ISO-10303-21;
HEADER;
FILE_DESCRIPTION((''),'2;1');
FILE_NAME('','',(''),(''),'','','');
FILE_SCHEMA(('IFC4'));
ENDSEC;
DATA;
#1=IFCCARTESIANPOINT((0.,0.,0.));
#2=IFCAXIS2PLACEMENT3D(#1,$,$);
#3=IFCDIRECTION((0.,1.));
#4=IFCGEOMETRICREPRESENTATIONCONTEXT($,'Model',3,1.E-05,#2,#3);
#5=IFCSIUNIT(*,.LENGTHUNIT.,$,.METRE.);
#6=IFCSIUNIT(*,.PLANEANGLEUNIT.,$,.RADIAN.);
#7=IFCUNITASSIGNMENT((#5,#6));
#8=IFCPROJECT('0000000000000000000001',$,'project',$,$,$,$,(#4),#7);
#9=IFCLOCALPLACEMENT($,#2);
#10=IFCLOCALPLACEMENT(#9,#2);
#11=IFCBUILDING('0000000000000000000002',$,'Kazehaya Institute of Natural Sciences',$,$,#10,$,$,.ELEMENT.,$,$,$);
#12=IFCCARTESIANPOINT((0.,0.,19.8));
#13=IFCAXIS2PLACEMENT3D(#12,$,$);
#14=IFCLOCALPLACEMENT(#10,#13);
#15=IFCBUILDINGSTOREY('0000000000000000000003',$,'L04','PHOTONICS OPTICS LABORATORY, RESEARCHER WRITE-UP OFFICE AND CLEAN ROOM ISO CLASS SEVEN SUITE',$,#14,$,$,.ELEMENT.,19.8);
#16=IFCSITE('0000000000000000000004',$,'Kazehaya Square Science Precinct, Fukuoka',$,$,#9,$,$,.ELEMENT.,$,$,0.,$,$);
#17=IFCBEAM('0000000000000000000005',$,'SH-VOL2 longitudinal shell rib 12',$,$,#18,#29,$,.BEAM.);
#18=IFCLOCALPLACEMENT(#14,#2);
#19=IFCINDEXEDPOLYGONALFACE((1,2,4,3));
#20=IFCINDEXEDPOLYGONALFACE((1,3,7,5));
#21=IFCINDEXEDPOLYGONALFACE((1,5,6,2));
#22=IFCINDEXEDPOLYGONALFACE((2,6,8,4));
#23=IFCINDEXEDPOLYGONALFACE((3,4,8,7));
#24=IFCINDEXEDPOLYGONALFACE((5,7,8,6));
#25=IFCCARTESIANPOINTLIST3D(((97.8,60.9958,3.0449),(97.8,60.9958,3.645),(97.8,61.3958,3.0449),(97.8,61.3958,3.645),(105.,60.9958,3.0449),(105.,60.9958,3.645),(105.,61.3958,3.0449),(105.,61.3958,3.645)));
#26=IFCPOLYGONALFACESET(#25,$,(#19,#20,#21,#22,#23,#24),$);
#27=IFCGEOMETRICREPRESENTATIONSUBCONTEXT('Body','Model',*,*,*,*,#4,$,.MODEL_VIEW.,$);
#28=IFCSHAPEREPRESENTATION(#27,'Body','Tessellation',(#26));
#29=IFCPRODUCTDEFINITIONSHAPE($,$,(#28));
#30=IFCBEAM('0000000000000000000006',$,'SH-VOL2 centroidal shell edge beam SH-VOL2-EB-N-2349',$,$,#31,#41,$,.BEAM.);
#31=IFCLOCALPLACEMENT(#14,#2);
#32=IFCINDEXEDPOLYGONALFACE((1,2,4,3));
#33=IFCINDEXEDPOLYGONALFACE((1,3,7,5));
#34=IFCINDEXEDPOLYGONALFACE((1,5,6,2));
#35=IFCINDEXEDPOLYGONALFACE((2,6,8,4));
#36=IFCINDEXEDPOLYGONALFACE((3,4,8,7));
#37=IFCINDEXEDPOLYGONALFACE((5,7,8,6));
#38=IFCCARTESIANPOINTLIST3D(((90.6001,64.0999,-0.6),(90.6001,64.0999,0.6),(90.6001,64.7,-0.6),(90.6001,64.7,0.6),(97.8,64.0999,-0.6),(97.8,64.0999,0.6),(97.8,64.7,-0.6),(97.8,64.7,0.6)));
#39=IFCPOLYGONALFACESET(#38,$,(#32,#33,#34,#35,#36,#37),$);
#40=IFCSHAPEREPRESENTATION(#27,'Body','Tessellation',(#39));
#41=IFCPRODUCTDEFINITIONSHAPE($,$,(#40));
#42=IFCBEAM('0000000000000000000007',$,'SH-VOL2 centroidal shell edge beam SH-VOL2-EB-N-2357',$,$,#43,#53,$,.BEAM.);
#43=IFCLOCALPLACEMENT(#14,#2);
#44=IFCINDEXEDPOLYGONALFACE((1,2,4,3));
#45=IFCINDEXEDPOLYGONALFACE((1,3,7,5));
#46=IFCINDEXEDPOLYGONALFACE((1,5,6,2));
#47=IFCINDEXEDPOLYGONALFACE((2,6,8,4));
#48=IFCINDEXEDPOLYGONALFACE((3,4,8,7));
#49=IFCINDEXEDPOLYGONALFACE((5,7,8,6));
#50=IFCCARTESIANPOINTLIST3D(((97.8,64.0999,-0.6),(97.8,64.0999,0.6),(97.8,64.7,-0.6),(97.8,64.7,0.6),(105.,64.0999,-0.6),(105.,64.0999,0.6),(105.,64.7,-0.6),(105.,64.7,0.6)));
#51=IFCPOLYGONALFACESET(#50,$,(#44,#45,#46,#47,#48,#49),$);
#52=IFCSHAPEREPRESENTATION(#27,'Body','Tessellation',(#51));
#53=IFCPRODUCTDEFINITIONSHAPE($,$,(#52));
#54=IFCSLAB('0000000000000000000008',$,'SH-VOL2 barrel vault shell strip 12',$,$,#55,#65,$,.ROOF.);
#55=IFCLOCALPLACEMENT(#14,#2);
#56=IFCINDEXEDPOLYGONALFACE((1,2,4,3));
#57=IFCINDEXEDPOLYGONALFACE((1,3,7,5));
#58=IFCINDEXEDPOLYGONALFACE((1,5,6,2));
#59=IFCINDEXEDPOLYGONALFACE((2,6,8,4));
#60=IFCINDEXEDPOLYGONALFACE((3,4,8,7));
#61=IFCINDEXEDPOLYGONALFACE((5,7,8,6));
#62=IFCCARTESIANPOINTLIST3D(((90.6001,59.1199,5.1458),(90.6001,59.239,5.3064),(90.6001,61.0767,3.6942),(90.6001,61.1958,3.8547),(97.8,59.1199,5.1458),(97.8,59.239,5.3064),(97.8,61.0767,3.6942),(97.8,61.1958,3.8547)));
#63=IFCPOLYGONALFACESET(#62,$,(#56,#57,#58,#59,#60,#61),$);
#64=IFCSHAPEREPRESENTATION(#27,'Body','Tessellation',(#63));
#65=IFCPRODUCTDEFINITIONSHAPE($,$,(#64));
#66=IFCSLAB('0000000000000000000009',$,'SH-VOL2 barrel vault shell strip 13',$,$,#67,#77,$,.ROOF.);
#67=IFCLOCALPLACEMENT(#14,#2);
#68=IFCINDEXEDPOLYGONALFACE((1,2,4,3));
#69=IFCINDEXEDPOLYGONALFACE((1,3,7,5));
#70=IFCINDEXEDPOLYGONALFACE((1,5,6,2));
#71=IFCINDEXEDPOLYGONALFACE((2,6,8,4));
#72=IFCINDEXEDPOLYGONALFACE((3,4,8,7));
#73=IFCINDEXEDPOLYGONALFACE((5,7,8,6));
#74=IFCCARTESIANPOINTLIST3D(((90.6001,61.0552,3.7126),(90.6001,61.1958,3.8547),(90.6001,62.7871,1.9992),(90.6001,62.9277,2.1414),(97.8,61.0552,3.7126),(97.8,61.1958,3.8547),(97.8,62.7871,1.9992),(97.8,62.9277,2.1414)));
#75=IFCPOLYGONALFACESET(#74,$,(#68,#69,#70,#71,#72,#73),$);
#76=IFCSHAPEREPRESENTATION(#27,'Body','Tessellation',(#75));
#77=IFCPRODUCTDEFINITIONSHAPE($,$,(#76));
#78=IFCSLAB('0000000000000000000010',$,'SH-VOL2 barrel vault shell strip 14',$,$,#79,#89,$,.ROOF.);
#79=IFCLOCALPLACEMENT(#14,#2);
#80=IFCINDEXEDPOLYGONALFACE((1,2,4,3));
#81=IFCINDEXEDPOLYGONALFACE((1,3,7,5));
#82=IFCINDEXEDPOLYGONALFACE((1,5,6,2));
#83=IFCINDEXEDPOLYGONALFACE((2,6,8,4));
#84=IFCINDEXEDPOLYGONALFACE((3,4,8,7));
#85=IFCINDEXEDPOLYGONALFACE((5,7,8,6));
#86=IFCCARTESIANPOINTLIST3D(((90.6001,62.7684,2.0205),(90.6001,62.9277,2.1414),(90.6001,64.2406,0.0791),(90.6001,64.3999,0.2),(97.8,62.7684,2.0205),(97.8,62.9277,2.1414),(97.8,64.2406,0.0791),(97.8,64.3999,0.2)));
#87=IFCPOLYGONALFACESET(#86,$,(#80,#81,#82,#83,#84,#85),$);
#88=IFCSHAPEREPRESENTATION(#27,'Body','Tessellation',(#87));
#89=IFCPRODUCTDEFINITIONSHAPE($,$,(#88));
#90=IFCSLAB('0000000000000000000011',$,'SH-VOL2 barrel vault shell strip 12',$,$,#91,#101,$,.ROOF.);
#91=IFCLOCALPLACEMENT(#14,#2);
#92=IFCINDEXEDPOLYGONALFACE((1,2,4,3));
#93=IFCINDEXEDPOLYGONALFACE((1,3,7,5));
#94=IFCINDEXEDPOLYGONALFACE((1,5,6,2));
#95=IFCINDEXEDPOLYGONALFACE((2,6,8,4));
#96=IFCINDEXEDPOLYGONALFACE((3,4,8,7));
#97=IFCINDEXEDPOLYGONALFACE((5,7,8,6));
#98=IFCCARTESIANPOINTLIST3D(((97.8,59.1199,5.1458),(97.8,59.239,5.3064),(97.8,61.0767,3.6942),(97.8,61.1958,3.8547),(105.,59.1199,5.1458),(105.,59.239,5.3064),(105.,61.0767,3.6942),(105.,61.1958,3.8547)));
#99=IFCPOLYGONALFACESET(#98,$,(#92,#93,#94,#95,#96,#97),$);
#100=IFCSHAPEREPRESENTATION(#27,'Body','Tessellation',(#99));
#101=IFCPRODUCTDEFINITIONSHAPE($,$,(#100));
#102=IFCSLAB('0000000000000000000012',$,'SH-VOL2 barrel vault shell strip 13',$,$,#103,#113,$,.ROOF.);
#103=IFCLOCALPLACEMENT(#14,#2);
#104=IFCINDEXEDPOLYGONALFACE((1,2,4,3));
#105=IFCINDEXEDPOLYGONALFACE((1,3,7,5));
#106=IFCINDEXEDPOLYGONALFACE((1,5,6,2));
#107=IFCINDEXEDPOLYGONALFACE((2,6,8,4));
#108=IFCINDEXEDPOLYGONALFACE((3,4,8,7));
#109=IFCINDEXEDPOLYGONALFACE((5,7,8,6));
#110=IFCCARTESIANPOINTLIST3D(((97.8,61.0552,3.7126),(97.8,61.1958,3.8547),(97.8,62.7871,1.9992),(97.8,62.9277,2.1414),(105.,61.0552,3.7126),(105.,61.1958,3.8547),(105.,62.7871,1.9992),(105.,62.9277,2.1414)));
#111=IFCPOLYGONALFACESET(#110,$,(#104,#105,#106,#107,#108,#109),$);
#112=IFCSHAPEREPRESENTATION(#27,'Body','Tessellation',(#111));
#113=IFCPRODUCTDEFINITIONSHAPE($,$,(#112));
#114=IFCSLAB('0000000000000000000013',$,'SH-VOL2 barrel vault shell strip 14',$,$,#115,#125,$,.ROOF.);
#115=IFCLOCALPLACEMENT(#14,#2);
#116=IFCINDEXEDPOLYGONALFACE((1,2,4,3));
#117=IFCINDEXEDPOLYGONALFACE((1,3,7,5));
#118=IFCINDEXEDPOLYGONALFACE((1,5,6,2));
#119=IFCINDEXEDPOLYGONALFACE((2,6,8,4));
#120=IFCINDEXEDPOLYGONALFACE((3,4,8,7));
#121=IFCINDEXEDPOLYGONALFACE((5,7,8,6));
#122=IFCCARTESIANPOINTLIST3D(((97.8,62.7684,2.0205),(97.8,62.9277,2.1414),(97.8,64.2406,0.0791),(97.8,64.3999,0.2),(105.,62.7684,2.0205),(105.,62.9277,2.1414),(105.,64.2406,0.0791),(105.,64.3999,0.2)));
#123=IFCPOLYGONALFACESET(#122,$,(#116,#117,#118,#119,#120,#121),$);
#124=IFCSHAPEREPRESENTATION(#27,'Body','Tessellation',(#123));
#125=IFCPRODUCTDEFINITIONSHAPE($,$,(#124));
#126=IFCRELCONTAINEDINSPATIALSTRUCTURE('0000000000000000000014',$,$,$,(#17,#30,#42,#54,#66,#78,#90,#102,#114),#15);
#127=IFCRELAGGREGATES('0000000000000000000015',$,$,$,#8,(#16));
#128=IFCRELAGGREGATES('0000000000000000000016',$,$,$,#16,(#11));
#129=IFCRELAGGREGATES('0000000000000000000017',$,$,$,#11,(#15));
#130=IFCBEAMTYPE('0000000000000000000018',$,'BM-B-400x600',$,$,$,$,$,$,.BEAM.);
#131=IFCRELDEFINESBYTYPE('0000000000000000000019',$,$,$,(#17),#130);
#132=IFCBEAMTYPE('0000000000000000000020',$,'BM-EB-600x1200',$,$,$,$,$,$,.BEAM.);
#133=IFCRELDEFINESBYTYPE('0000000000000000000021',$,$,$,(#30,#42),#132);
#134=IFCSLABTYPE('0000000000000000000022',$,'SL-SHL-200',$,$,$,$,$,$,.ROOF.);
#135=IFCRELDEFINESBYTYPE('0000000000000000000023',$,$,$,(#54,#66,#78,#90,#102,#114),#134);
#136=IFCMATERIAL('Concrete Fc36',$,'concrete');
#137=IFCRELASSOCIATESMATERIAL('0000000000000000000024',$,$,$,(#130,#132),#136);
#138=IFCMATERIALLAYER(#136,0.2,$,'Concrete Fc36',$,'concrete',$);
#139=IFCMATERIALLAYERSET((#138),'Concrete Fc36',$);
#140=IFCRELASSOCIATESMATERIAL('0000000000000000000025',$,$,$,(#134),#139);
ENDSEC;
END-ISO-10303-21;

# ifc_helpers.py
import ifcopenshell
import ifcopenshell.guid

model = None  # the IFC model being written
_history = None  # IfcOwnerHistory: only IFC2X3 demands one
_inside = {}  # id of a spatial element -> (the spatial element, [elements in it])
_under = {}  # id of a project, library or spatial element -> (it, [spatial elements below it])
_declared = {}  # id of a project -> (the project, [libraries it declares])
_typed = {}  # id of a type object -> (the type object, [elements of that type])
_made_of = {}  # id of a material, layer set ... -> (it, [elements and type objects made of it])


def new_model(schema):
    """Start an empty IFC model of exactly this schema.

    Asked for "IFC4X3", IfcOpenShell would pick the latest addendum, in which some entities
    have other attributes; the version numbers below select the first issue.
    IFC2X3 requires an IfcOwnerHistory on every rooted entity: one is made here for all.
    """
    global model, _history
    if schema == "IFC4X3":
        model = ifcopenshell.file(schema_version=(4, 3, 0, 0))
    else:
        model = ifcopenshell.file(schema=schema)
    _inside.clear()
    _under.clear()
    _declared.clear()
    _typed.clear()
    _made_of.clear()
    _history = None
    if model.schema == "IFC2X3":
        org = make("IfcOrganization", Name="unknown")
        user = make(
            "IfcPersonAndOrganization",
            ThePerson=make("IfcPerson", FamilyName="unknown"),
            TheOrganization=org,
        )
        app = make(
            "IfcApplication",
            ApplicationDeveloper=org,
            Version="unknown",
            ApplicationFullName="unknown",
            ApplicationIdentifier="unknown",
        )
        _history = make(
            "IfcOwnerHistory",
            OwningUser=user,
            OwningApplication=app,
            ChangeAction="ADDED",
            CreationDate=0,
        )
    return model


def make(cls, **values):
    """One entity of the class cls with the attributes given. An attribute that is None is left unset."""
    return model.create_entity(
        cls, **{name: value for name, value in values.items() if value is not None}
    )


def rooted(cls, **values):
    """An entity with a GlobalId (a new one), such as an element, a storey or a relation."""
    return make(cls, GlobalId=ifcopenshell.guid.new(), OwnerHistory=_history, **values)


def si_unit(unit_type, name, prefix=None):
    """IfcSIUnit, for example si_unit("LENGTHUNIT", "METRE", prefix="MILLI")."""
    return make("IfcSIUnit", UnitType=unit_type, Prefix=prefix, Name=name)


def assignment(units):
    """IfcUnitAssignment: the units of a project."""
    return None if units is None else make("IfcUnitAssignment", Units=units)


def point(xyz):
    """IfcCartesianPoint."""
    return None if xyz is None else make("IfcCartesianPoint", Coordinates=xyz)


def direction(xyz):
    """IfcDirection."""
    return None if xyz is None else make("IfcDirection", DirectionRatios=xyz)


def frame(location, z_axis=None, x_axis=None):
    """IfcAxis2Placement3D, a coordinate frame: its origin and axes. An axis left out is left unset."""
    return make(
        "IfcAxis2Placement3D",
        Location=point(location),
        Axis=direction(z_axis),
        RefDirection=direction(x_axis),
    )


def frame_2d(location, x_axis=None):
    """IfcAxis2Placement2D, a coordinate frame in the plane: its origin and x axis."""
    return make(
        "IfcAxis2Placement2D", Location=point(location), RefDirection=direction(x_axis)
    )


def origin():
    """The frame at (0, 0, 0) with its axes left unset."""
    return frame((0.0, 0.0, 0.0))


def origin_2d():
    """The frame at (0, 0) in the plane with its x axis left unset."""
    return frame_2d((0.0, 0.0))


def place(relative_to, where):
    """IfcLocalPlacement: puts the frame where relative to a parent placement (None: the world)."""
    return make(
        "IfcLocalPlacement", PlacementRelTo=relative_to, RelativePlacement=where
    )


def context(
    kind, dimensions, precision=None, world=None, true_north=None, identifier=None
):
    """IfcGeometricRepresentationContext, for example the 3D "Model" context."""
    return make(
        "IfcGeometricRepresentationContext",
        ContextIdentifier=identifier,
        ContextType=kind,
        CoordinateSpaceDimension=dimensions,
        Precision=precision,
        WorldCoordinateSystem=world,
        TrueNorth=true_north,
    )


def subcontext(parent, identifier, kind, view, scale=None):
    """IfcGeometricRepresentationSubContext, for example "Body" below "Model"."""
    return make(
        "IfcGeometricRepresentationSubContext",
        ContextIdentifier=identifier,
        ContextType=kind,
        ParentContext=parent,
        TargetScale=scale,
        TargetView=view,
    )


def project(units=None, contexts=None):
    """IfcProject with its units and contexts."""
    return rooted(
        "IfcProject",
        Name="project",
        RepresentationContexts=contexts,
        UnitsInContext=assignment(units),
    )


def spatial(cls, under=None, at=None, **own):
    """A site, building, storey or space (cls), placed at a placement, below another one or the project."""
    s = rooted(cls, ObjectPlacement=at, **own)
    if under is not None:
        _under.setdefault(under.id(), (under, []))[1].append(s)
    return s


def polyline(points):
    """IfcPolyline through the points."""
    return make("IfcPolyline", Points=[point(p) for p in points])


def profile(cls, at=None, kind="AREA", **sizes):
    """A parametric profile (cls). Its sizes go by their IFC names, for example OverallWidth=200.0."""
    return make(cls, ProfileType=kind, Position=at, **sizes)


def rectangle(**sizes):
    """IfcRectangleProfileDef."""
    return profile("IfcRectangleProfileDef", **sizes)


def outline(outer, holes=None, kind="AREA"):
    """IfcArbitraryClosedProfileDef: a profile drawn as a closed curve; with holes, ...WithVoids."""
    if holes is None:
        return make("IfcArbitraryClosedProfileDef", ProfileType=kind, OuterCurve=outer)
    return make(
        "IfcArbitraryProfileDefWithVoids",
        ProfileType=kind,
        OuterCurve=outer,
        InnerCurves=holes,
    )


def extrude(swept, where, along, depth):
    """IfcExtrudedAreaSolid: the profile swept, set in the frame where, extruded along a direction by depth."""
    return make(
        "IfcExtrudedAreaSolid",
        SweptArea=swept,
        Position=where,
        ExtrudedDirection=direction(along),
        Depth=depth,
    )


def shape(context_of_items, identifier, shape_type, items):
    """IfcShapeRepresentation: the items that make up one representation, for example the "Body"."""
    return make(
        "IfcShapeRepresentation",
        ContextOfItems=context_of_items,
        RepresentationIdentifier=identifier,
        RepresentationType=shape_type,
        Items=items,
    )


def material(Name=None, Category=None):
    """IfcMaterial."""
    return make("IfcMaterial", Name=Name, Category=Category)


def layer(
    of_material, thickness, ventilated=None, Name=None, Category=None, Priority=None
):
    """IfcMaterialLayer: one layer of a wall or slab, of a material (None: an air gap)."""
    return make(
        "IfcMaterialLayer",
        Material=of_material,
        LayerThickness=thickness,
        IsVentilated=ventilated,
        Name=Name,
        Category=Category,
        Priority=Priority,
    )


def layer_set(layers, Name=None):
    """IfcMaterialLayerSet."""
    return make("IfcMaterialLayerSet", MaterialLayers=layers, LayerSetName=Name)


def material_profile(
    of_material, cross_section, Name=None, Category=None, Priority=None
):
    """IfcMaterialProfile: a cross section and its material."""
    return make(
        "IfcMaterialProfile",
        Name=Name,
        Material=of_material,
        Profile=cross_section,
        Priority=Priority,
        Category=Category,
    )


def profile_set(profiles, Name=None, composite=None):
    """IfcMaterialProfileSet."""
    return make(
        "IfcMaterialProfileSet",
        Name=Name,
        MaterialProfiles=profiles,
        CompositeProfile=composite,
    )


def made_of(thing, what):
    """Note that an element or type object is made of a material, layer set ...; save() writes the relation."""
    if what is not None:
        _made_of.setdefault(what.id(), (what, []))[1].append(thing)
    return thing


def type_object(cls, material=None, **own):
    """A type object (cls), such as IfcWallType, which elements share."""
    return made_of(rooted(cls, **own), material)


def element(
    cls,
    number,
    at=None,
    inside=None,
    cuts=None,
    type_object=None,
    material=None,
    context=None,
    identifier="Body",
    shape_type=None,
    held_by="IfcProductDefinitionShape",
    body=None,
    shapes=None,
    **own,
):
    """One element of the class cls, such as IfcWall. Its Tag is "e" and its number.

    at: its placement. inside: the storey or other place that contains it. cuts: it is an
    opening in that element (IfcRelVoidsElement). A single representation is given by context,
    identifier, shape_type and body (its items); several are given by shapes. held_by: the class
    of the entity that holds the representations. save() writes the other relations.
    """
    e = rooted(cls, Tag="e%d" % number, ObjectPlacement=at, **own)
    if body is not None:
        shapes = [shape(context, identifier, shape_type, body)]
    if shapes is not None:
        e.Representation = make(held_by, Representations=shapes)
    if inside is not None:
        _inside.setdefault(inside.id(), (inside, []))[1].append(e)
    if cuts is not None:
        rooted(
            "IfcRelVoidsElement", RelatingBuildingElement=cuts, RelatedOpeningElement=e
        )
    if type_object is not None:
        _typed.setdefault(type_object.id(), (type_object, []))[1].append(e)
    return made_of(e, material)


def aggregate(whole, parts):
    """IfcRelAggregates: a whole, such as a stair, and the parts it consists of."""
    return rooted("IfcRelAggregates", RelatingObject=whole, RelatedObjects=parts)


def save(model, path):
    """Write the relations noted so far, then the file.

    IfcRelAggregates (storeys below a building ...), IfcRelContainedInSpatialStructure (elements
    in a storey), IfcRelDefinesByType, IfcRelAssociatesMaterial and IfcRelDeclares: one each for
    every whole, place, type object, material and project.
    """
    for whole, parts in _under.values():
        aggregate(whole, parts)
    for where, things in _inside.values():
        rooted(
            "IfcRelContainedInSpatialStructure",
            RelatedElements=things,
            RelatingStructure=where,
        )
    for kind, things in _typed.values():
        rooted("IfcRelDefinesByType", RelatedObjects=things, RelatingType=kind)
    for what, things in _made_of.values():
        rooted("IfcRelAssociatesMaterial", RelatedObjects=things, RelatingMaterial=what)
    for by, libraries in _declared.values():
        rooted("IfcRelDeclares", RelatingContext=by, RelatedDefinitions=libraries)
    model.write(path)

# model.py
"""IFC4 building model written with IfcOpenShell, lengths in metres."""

from ifc_helpers import new_model, si_unit, direction, frame, origin, origin_2d, place, context, subcontext, project, spatial, polyline, rectangle, outline, extrude, material, layer, layer_set, material_profile, profile_set, type_object, element, save


model = new_model("IFC4")

# Units and contexts
model_context = context("Model", 3, precision=1e-05, world=origin(), true_north=direction((0.0, 1.0)))
body_context = subcontext(model_context, "Body", "Model", "MODEL_VIEW")
ifc_project = project(units=[si_unit("LENGTHUNIT", "METRE"), si_unit("PLANEANGLEUNIT", "RADIAN")], contexts=[model_context])

# Site, building, storey
site_placement = place(None, origin())
site = spatial("IfcSite", under=ifc_project, at=site_placement, Name="Kazehaya Square Science Precinct, Fukuoka", CompositionType="ELEMENT", RefElevation=0.0)
building_placement = place(site_placement, origin())
building = spatial("IfcBuilding", under=site, at=building_placement, Name="Kazehaya Institute of Natural Sciences", CompositionType="ELEMENT")
storey_placement = place(building_placement, frame((0.0, 0.0, 19.8)))
storey = spatial("IfcBuildingStorey", under=building, at=storey_placement, Name="L04", Description="PHOTONICS OPTICS LABORATORY, RESEARCHER WRITE-UP OFFICE AND CLEAN ROOM ISO CLASS SEVEN SUITE", CompositionType="ELEMENT", Elevation=19.8)

# Beams
ifc_material = material(Name="Concrete Fc36", Category="concrete")
ifc_material_profile_1 = material_profile(ifc_material, rectangle(XDim=0.3999, YDim=0.6001, at=origin_2d()), Name="RC-400x600")
ifc_profile_set_1 = profile_set([ifc_material_profile_1], Name="Concrete Fc36")
beam_type_1 = type_object("IfcBeamType", Name="BM-B-400x600", PredefinedType="BEAM", material=ifc_profile_set_1)
for number, where, z_axis, x_axis, name in (
    (1, (97.8, 61.1958, 3.345), (1.0, 0.0, 0.0), (0.0, 1.0, 0.0), "SH-VOL2 longitudinal shell rib 12"),
):
    element("IfcBeam", number, at=place(storey_placement, frame(where, z_axis=z_axis, x_axis=x_axis)), inside=storey, type_object=beam_type_1, Name=name, PredefinedType="BEAM", context=body_context, shape_type="SweptSolid", body=[
        extrude(rectangle(XDim=0.3999, YDim=0.6001, at=origin_2d()), origin(), (0.0, 0.0, 1.0), 7.2),
    ])
ifc_material_profile_2 = material_profile(ifc_material, rectangle(XDim=0.6001, YDim=1.2, at=origin_2d()), Name="RC-600x1200")
ifc_profile_set_2 = profile_set([ifc_material_profile_2], Name="Concrete Fc36")
beam_type_2 = type_object("IfcBeamType", Name="BM-EB-600x1200", PredefinedType="BEAM", material=ifc_profile_set_2)
for number, where, z_axis, x_axis, name in (
    (2, (90.6001, 64.3999, 0.0), (1.0, 0.0, 0.0), (0.0, 1.0, 0.0), "SH-VOL2 centroidal shell edge beam SH-VOL2-EB-N-2349"),
    (3, (97.8, 64.3999, 0.0), (1.0, 0.0, 0.0), (0.0, 1.0, 0.0), "SH-VOL2 centroidal shell edge beam SH-VOL2-EB-N-2357"),
):
    element("IfcBeam", number, at=place(storey_placement, frame(where, z_axis=z_axis, x_axis=x_axis)), inside=storey, type_object=beam_type_2, Name=name, PredefinedType="BEAM", context=body_context, shape_type="SweptSolid", body=[
        extrude(rectangle(XDim=0.6001, YDim=1.2, at=origin_2d()), origin(), (0.0, 0.0, 1.0), 7.2),
    ])

# Slabs
ifc_layer = layer(ifc_material, 0.2, Name="Concrete Fc36", Category="concrete")
ifc_layer_set = layer_set([ifc_layer], Name="Concrete Fc36")
slab_type = type_object("IfcSlabType", Name="SL-SHL-200", PredefinedType="ROOF", material=ifc_layer_set)
slab_1_placement = place(storey_placement, frame((90.6001, 59.239, 5.3064), z_axis=(0.0, 0.595807, 0.803127), x_axis=(1.0, 0.0, 0.0)))
element("IfcSlab", 4, at=slab_1_placement, inside=storey, type_object=slab_type, Name="SH-VOL2 barrel vault shell strip 12", PredefinedType="ROOF", context=body_context, shape_type="SweptSolid", body=[
    extrude(outline(polyline([(0.0, 0.0), (7.2, 0.0), (7.2, 2.4365), (0.0, 2.4365), (0.0, 0.0)])), origin(), (0.0, 0.0, -1.0), 0.2),
])
slab_2_placement = place(storey_placement, frame((90.6001, 61.1958, 3.8547), z_axis=(0.0, 0.703288, 0.710905), x_axis=(1.0, 0.0, 0.0)))
element("IfcSlab", 5, at=slab_2_placement, inside=storey, type_object=slab_type, Name="SH-VOL2 barrel vault shell strip 13", PredefinedType="ROOF", context=body_context, shape_type="SweptSolid", body=[
    extrude(outline(polyline([(0.0, 0.0), (7.2, 0.0), (7.2, 2.4362), (0.0, 2.4362), (0.0, 0.0)])), origin(), (0.0, 0.0, -1.0), 0.2),
])
slab_3_placement = place(storey_placement, frame((90.6001, 62.9277, 2.1414), z_axis=(0.0, 0.796814, 0.604224), x_axis=(1.0, 0.0, 0.0)))
element("IfcSlab", 6, at=slab_3_placement, inside=storey, type_object=slab_type, Name="SH-VOL2 barrel vault shell strip 14", PredefinedType="ROOF", context=body_context, shape_type="SweptSolid", body=[
    extrude(outline(polyline([(0.0, 0.0), (7.2, 0.0), (7.2, 2.4365), (0.0, 2.4365), (0.0, 0.0)])), origin(), (0.0, 0.0, -1.0), 0.2),
])
slab_4_placement = place(storey_placement, frame((97.8, 59.239, 5.3064), z_axis=(0.0, 0.595807, 0.803127), x_axis=(1.0, 0.0, 0.0)))
element("IfcSlab", 7, at=slab_4_placement, inside=storey, type_object=slab_type, Name="SH-VOL2 barrel vault shell strip 12", PredefinedType="ROOF", context=body_context, shape_type="SweptSolid", body=[
    extrude(outline(polyline([(0.0, 0.0), (7.2, 0.0), (7.2, 2.4365), (0.0, 2.4365), (0.0, 0.0)])), origin(), (0.0, 0.0, -1.0), 0.2),
])
slab_5_placement = place(storey_placement, frame((97.8, 61.1958, 3.8547), z_axis=(0.0, 0.703288, 0.710905), x_axis=(1.0, 0.0, 0.0)))
element("IfcSlab", 8, at=slab_5_placement, inside=storey, type_object=slab_type, Name="SH-VOL2 barrel vault shell strip 13", PredefinedType="ROOF", context=body_context, shape_type="SweptSolid", body=[
    extrude(outline(polyline([(0.0, 0.0), (7.2, 0.0), (7.2, 2.4362), (0.0, 2.4362), (0.0, 0.0)])), origin(), (0.0, 0.0, -1.0), 0.2),
])
slab_6_placement = place(storey_placement, frame((97.8, 62.9277, 2.1414), z_axis=(0.0, 0.796814, 0.604224), x_axis=(1.0, 0.0, 0.0)))
element("IfcSlab", 9, at=slab_6_placement, inside=storey, type_object=slab_type, Name="SH-VOL2 barrel vault shell strip 14", PredefinedType="ROOF", context=body_context, shape_type="SweptSolid", body=[
    extrude(outline(polyline([(0.0, 0.0), (7.2, 0.0), (7.2, 2.4365), (0.0, 2.4365), (0.0, 0.0)])), origin(), (0.0, 0.0, -1.0), 0.2),
])

save(model, "model.ifc")
